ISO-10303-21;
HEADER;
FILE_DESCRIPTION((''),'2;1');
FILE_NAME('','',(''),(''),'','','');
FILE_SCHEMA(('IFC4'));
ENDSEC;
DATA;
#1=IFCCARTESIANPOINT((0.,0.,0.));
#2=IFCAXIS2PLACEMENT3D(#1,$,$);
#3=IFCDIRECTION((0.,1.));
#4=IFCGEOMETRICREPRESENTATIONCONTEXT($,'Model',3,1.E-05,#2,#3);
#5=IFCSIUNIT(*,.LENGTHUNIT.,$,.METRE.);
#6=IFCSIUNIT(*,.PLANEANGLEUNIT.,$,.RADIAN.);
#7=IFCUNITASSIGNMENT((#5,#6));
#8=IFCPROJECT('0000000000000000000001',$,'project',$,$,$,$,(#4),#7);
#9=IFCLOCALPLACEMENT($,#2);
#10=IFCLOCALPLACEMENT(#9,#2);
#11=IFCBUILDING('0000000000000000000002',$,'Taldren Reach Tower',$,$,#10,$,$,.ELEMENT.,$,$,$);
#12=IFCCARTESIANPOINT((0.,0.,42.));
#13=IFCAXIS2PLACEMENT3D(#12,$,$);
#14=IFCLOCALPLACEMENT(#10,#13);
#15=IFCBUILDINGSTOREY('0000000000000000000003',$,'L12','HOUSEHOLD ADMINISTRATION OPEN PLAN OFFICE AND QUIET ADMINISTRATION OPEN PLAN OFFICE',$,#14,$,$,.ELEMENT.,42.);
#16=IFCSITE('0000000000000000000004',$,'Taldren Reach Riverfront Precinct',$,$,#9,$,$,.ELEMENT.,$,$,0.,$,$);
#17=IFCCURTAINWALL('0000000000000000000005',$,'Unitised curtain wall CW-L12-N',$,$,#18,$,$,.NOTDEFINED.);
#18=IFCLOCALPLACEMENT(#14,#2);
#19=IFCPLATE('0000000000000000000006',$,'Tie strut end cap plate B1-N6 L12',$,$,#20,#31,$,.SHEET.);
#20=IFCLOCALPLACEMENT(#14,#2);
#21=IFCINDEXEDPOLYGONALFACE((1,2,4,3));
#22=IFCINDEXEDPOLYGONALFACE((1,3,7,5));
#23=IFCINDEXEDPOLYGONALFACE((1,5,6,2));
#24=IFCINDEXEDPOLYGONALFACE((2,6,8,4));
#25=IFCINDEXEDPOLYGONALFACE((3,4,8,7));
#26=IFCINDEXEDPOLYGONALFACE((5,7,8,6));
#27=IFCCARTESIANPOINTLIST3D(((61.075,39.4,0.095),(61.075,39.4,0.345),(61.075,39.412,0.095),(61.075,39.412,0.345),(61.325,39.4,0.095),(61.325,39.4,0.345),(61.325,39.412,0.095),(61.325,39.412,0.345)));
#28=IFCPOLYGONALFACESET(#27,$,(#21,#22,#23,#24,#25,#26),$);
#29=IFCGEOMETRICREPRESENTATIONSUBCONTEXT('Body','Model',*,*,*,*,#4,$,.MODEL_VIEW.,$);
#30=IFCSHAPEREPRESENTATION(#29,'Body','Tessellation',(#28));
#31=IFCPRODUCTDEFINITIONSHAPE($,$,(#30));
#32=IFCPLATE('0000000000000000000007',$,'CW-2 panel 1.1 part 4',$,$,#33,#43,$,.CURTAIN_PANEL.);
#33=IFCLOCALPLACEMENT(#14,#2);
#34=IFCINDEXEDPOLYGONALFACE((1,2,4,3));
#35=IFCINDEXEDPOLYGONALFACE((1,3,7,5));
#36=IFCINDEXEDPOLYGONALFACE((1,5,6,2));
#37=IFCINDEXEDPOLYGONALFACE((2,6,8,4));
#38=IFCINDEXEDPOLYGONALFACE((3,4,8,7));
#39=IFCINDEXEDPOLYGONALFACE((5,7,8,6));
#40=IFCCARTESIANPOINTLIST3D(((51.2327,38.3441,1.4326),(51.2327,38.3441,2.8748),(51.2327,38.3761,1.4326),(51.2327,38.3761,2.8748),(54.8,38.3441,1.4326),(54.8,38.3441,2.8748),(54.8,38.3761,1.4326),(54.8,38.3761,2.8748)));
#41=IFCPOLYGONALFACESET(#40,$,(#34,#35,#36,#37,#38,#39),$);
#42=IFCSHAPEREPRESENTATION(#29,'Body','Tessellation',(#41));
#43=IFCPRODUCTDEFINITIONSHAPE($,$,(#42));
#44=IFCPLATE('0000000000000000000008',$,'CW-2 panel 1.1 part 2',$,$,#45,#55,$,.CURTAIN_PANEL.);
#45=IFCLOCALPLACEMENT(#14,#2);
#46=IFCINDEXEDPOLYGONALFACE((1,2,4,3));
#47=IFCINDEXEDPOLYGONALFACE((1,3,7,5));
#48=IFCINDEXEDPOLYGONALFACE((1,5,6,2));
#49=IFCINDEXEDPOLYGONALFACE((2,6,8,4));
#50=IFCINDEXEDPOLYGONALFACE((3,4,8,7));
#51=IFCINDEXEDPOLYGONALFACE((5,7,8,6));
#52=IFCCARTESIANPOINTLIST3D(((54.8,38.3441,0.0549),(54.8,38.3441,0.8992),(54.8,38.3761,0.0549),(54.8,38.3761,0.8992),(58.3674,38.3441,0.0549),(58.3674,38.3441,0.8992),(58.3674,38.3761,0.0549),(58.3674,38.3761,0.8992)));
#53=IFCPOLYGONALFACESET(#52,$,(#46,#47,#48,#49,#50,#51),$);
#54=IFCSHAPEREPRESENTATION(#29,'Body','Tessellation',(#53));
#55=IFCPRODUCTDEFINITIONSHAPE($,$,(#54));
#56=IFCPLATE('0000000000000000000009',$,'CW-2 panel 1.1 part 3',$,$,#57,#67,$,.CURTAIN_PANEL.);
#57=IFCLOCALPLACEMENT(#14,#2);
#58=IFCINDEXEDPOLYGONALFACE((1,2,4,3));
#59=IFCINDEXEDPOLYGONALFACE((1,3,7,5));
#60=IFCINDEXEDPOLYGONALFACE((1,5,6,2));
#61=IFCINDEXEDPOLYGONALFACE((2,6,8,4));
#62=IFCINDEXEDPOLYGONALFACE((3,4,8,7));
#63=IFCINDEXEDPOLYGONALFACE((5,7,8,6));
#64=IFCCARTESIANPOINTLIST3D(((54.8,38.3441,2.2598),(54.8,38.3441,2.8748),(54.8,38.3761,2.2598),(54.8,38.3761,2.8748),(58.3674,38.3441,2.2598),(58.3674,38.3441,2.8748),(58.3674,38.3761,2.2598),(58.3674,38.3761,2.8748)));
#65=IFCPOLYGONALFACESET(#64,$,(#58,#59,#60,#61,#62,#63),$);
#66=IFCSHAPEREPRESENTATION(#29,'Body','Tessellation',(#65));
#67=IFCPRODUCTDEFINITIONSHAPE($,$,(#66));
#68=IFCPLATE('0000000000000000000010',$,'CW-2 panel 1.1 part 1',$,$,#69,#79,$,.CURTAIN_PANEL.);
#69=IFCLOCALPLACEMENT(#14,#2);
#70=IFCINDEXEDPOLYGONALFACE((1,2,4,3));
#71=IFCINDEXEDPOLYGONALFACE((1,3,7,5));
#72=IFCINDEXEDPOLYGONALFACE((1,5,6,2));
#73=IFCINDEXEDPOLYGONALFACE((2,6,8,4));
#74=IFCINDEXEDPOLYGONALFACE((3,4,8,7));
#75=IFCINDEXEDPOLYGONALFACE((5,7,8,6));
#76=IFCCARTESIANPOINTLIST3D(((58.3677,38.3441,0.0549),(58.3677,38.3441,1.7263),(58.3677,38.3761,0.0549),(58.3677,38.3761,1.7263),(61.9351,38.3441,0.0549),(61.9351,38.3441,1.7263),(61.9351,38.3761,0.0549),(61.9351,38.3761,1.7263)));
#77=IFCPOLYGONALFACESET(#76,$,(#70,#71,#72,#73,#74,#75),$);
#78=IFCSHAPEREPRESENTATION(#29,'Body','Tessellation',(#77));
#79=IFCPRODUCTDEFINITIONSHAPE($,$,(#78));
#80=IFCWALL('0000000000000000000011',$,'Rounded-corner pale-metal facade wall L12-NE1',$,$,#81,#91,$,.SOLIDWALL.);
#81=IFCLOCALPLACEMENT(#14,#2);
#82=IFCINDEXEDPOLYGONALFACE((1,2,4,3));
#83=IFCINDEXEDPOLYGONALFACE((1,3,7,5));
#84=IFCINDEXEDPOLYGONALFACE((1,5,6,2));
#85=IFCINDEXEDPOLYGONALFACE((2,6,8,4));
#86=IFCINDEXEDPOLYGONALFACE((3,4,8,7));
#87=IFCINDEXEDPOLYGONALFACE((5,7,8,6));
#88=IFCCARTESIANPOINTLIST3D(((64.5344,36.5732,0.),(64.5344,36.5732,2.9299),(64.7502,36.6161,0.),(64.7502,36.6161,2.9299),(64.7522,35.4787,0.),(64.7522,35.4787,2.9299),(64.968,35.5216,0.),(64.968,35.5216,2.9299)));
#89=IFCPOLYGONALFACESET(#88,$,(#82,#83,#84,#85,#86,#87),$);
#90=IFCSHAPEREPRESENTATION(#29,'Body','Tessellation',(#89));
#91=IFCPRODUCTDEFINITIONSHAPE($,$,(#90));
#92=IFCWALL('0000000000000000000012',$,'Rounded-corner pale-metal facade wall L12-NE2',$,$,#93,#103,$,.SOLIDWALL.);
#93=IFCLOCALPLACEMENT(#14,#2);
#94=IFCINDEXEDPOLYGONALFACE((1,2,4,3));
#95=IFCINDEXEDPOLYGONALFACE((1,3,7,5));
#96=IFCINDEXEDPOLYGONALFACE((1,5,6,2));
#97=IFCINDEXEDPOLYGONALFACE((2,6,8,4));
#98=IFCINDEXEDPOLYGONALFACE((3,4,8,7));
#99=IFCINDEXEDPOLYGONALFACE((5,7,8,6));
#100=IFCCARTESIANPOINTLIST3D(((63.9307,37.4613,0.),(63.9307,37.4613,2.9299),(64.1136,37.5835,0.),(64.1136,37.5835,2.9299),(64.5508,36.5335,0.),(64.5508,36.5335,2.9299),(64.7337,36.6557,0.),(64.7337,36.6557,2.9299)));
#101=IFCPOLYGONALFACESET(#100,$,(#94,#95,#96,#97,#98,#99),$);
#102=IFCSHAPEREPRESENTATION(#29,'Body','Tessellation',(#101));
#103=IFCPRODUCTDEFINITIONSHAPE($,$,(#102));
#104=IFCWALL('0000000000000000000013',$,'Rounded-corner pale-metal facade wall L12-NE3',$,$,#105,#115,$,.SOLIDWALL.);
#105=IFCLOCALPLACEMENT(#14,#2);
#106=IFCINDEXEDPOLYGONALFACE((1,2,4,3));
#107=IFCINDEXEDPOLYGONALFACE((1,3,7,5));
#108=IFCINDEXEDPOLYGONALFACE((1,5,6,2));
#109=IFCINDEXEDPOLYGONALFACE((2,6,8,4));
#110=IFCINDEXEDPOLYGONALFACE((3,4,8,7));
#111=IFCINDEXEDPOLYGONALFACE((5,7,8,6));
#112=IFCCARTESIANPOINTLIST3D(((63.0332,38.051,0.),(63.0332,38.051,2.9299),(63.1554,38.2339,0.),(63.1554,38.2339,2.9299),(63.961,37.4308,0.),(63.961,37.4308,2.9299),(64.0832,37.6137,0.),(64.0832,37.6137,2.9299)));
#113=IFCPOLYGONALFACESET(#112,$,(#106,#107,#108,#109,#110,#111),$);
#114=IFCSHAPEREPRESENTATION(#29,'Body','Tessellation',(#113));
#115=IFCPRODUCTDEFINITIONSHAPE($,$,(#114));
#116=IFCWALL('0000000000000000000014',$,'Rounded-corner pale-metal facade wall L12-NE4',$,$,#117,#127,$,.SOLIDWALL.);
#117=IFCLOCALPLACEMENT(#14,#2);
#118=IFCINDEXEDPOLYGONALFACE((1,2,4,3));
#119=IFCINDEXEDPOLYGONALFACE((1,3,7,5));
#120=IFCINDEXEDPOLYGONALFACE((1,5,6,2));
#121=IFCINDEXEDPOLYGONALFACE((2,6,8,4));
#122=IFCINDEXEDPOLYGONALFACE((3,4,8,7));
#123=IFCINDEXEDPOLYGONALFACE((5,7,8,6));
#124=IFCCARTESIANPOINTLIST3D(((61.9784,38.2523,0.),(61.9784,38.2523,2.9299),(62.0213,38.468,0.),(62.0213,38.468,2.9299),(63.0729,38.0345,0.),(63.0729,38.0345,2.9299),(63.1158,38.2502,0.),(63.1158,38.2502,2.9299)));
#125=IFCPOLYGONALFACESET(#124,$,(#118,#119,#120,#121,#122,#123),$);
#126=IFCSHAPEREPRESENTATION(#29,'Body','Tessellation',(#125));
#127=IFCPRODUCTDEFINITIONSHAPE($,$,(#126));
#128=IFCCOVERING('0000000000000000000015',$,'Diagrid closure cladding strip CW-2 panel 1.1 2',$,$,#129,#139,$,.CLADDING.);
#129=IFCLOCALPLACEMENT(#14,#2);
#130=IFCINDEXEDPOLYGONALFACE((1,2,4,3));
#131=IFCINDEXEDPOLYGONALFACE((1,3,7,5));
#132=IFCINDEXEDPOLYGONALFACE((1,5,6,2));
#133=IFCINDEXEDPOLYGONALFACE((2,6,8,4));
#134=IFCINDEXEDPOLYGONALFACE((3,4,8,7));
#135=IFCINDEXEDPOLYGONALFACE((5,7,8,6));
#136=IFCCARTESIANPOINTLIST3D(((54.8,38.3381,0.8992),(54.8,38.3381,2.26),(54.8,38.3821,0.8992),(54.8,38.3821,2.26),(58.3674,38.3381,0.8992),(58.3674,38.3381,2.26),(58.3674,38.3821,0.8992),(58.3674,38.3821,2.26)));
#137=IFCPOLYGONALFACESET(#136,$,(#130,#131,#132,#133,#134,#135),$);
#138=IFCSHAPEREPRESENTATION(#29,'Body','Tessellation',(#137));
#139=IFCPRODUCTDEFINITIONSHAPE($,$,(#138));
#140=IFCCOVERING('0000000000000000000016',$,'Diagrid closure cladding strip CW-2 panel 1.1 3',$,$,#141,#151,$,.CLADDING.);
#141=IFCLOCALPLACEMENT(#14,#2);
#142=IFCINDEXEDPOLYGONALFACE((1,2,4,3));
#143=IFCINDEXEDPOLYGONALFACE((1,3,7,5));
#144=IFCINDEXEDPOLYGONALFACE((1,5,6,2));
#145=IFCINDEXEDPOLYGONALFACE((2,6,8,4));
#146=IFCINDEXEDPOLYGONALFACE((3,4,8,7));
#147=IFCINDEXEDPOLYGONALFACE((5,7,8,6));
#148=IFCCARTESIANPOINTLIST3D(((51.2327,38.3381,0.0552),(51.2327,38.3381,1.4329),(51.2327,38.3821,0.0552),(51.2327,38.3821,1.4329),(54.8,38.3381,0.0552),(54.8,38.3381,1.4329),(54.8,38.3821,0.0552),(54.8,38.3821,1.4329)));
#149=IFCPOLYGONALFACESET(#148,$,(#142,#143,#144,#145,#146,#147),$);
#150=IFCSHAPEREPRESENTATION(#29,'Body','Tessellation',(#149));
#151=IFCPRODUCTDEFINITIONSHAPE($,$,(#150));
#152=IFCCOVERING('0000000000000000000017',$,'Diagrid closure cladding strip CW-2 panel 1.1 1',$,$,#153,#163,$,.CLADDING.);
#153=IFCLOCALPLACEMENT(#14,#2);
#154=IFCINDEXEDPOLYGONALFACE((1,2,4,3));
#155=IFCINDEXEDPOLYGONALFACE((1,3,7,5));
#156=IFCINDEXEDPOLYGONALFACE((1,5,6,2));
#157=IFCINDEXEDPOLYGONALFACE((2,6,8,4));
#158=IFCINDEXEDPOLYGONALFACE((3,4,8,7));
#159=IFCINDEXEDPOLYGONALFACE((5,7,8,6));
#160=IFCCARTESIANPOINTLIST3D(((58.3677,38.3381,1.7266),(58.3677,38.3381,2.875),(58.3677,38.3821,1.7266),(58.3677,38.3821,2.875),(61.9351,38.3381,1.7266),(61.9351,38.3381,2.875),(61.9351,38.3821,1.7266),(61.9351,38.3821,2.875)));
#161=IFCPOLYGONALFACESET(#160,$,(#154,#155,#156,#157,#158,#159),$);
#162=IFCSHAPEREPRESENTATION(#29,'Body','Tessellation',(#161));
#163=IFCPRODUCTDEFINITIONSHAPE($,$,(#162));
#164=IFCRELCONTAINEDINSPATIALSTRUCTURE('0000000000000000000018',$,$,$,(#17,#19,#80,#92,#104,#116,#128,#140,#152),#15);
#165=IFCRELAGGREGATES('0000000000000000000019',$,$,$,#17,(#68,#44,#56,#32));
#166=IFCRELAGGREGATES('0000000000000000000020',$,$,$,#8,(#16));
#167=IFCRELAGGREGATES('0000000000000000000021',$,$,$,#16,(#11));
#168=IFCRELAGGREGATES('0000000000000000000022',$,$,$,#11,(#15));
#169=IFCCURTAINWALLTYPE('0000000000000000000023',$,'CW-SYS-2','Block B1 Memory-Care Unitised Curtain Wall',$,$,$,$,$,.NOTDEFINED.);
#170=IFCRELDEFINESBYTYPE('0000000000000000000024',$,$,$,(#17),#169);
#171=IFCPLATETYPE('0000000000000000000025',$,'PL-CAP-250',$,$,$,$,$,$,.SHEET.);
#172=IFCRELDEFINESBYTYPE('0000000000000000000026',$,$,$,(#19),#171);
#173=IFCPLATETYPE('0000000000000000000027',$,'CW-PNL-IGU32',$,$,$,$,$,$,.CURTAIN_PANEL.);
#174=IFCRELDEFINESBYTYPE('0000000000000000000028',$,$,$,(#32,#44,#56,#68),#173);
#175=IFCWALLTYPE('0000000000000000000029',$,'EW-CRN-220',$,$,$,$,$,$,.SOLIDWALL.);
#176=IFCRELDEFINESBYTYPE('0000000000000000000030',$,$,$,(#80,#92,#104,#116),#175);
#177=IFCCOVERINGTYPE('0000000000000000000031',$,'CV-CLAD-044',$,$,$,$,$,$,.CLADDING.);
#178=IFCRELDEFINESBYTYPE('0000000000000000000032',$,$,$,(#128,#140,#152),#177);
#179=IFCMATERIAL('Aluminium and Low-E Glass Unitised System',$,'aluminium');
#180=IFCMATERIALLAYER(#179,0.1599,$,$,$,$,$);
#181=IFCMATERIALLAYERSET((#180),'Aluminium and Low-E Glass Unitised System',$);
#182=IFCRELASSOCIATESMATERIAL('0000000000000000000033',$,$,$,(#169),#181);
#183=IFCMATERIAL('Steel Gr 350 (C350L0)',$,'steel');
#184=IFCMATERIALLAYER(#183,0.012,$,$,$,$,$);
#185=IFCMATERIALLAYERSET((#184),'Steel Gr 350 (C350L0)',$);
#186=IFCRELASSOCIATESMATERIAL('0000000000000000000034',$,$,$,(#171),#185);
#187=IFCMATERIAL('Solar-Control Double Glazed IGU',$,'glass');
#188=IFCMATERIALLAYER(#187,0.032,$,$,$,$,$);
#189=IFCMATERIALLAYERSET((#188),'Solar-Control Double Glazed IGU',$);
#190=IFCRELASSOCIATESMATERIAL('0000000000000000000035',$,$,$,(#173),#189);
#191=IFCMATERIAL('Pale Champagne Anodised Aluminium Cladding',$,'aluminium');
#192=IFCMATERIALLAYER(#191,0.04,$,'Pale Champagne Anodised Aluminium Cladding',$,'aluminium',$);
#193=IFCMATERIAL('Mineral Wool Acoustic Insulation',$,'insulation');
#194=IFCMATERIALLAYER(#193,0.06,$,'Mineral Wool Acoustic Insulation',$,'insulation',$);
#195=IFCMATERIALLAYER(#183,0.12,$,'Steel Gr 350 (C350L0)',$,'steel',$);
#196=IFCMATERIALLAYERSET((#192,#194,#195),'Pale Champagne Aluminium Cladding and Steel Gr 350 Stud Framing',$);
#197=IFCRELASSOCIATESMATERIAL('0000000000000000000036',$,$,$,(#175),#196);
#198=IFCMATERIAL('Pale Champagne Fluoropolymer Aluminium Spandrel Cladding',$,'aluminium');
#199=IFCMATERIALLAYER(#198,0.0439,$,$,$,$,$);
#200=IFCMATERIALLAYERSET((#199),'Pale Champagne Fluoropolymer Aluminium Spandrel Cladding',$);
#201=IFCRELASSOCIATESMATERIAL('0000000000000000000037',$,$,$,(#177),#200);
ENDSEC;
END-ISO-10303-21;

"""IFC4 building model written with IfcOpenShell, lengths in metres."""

from ifc_helpers import new_model, si_unit, direction, frame, frame_2d, origin, origin_2d, place, context, subcontext, project, spatial, rectangle, extrude, source, transform, mapped, material, layer, layer_set, type_object, element, aggregate, save


model = new_model("IFC4")

# Units and contexts
model_context = context("Model", 3, precision=1e-05, world=origin(), true_north=direction((0.0, 1.0)))
body_context = subcontext(model_context, "Body", "Model", "MODEL_VIEW")
ifc_project = project(units=[si_unit("LENGTHUNIT", "METRE"), si_unit("PLANEANGLEUNIT", "RADIAN")], contexts=[model_context])

# Site, building, storey
site_placement = place(None, origin())
site = spatial("IfcSite", under=ifc_project, at=site_placement, Name="Taldren Reach Riverfront Precinct", CompositionType="ELEMENT", RefElevation=0.0)
building_placement = place(site_placement, origin())
building = spatial("IfcBuilding", under=site, at=building_placement, Name="Taldren Reach Tower", CompositionType="ELEMENT")
storey_placement = place(building_placement, frame((0.0, 0.0, 42.0)))
storey = spatial("IfcBuildingStorey", under=building, at=storey_placement, Name="L12", Description="HOUSEHOLD ADMINISTRATION OPEN PLAN OFFICE AND QUIET ADMINISTRATION OPEN PLAN OFFICE", CompositionType="ELEMENT", Elevation=42.0)

# Shared definitions
ifc_material_1 = material(Name="Steel Gr 350 (C350L0)", Category="steel")

# Curtain wall
ifc_material_2 = material(Name="Aluminium and Low-E Glass Unitised System", Category="aluminium")
ifc_layer_1 = layer(ifc_material_2, 0.1599)
ifc_layer_set_1 = layer_set([ifc_layer_1], Name="Aluminium and Low-E Glass Unitised System")
curtain_wall_type = type_object("IfcCurtainWallType", Name="CW-SYS-2", Description="Block B1 Memory-Care Unitised Curtain Wall", PredefinedType="NOTDEFINED", material=ifc_layer_set_1)
curtain_wall_1_placement = place(storey_placement, origin())
curtain_wall_1 = element("IfcCurtainWall", 1, at=curtain_wall_1_placement, inside=storey, type_object=curtain_wall_type, Name="Unitised curtain wall CW-L12-N", PredefinedType="NOTDEFINED")

# Plate
ifc_layer_2 = layer(ifc_material_1, 0.012)
ifc_layer_set_2 = layer_set([ifc_layer_2], Name="Steel Gr 350 (C350L0)")
plate_type_1 = type_object("IfcPlateType", Name="PL-CAP-250", PredefinedType="SHEET", material=ifc_layer_set_2)
shared_shape_1 = source(origin(), body_context, "Body", "SweptSolid", [
    extrude(rectangle(XDim=0.25, YDim=0.012, at=origin_2d()), origin(), (0.0, 0.0, 1.0), 0.25),
])
plate_1_placement = place(storey_placement, frame((61.2, 39.406, 0.095), z_axis=(0.0, 0.0, 1.0), x_axis=(1.0, 0.0, 0.0)))
element("IfcPlate", 2, at=plate_1_placement, inside=storey, type_object=plate_type_1, Name="Tie strut end cap plate B1-N6 L12", PredefinedType="SHEET", context=body_context, shape_type="MappedRepresentation", body=[
    mapped(shared_shape_1, transform((0.0, 0.0, 0.0), scale=1.0)),
])

# Plates
ifc_material_3 = material(Name="Solar-Control Double Glazed IGU", Category="glass")
ifc_layer_3 = layer(ifc_material_3, 0.032)
ifc_layer_set_3 = layer_set([ifc_layer_3], Name="Solar-Control Double Glazed IGU")
plate_type_2 = type_object("IfcPlateType", Name="CW-PNL-IGU32", PredefinedType="CURTAIN_PANEL", material=ifc_layer_set_3)
shared_shape_2 = source(origin(), body_context, "Body", "SweptSolid", [
    extrude(rectangle(XDim=3.5674, YDim=0.032, at=origin_2d()), origin(), (0.0, 0.0, 1.0), 1.4421),
])
plate_2_placement = place(storey_placement, frame((53.0164, 38.3601, 1.4326), z_axis=(0.0, 0.0, 1.0), x_axis=(-1.0, 0.0, 0.0)))
plate_2 = element("IfcPlate", 3, at=plate_2_placement, type_object=plate_type_2, Name="CW-2 panel 1.1 part 4", PredefinedType="CURTAIN_PANEL", context=body_context, shape_type="MappedRepresentation", body=[
    mapped(shared_shape_2, transform((0.0, 0.0, 0.0), scale=1.0)),
])
shared_shape_3 = source(origin(), body_context, "Body", "SweptSolid", [
    extrude(rectangle(XDim=3.5674, YDim=0.032, at=origin_2d()), origin(), (0.0, 0.0, 1.0), 0.8442),
])
plate_3_placement = place(storey_placement, frame((56.5837, 38.3601, 0.0549), z_axis=(0.0, 0.0, 1.0), x_axis=(-1.0, 0.0, 0.0)))
plate_3 = element("IfcPlate", 4, at=plate_3_placement, type_object=plate_type_2, Name="CW-2 panel 1.1 part 2", PredefinedType="CURTAIN_PANEL", context=body_context, shape_type="MappedRepresentation", body=[
    mapped(shared_shape_3, transform((0.0, 0.0, 0.0), scale=1.0)),
])
shared_shape_4 = source(origin(), body_context, "Body", "SweptSolid", [
    extrude(rectangle(XDim=3.5674, YDim=0.032, at=origin_2d()), origin(), (0.0, 0.0, 1.0), 0.615),
])
plate_4_placement = place(storey_placement, frame((56.5837, 38.3601, 2.2598), z_axis=(0.0, 0.0, 1.0), x_axis=(-1.0, 0.0, 0.0)))
plate_4 = element("IfcPlate", 5, at=plate_4_placement, type_object=plate_type_2, Name="CW-2 panel 1.1 part 3", PredefinedType="CURTAIN_PANEL", context=body_context, shape_type="MappedRepresentation", body=[
    mapped(shared_shape_4, transform((0.0, 0.0, 0.0), scale=1.0)),
])
shared_shape_5 = source(origin(), body_context, "Body", "SweptSolid", [
    extrude(rectangle(XDim=3.5674, YDim=0.032, at=origin_2d()), origin(), (0.0, 0.0, 1.0), 1.6714),
])
plate_5_placement = place(storey_placement, frame((60.1514, 38.3601, 0.0549), z_axis=(0.0, 0.0, 1.0), x_axis=(-1.0, 0.0, 0.0)))
plate_5 = element("IfcPlate", 6, at=plate_5_placement, type_object=plate_type_2, Name="CW-2 panel 1.1 part 1", PredefinedType="CURTAIN_PANEL", context=body_context, shape_type="MappedRepresentation", body=[
    mapped(shared_shape_5, transform((0.0, 0.0, 0.0), scale=1.0)),
])
aggregate(curtain_wall_1, [plate_5, plate_3, plate_4, plate_2])

# Walls
ifc_material_4 = material(Name="Pale Champagne Anodised Aluminium Cladding", Category="aluminium")
ifc_layer_4 = layer(ifc_material_4, 0.04, Name="Pale Champagne Anodised Aluminium Cladding", Category="aluminium")
ifc_material_5 = material(Name="Mineral Wool Acoustic Insulation", Category="insulation")
ifc_layer_5 = layer(ifc_material_5, 0.06, Name="Mineral Wool Acoustic Insulation", Category="insulation")
ifc_layer_6 = layer(ifc_material_1, 0.12, Name="Steel Gr 350 (C350L0)", Category="steel")
ifc_layer_set_4 = layer_set([ifc_layer_4, ifc_layer_5, ifc_layer_6], Name="Pale Champagne Aluminium Cladding and Steel Gr 350 Stud Framing")
wall_type = type_object("IfcWallType", Name="EW-CRN-220", PredefinedType="SOLIDWALL", material=ifc_layer_set_4)
shared_shape_6 = source(origin(), body_context, "Body", "SweptSolid", [
    extrude(rectangle(XDim=1.116, YDim=0.22, at=frame_2d((0.5581, 0.0))), origin(), (0.0, 0.0, 1.0), 2.9299),
])
for number, where, z_axis, x_axis, name in (
    (7, (64.8601, 35.5, 0.0), (0.0, 0.0, 1.0), (-0.195148, 0.980774, 0.0), "Rounded-corner pale-metal facade wall L12-NE1"),
    (8, (64.6423, 36.5945, 0.0), (0.0, 0.0, 1.0), (-0.55571, 0.831377, 0.0), "Rounded-corner pale-metal facade wall L12-NE2"),
    (9, (64.0222, 37.5222, 0.0), (0.0, 0.0, 1.0), (-0.831377, 0.55571, 0.0), "Rounded-corner pale-metal facade wall L12-NE3"),
    (10, (63.0945, 38.1423, 0.0), (0.0, 0.0, 1.0), (-0.980774, 0.195148, 0.0), "Rounded-corner pale-metal facade wall L12-NE4"),
):
    element("IfcWall", number, at=place(storey_placement, frame(where, z_axis=z_axis, x_axis=x_axis)), inside=storey, type_object=wall_type, Name=name, PredefinedType="SOLIDWALL", context=body_context, shape_type="MappedRepresentation", body=[
        mapped(shared_shape_6, transform((0.0, 0.0, 0.0), scale=1.0)),
    ])

# Coverings
ifc_material_6 = material(Name="Pale Champagne Fluoropolymer Aluminium Spandrel Cladding", Category="aluminium")
ifc_layer_7 = layer(ifc_material_6, 0.0439)
ifc_layer_set_5 = layer_set([ifc_layer_7], Name="Pale Champagne Fluoropolymer Aluminium Spandrel Cladding")
covering_type = type_object("IfcCoveringType", Name="CV-CLAD-044", PredefinedType="CLADDING", material=ifc_layer_set_5)
shared_shape_7 = source(origin(), body_context, "Body", "SweptSolid", [
    extrude(rectangle(XDim=3.5674, YDim=0.0439, at=origin_2d()), origin(), (0.0, 0.0, 1.0), 1.3608),
])
covering_1_placement = place(storey_placement, frame((56.5837, 38.3601, 0.8992), z_axis=(0.0, 0.0, 1.0), x_axis=(-1.0, 0.0, 0.0)))
element("IfcCovering", 11, at=covering_1_placement, inside=storey, type_object=covering_type, Name="Diagrid closure cladding strip CW-2 panel 1.1 2", PredefinedType="CLADDING", context=body_context, shape_type="MappedRepresentation", body=[
    mapped(shared_shape_7, transform((0.0, 0.0, 0.0), scale=1.0)),
])
shared_shape_8 = source(origin(), body_context, "Body", "SweptSolid", [
    extrude(rectangle(XDim=3.5674, YDim=0.0439, at=origin_2d()), origin(), (0.0, 0.0, 1.0), 1.3777),
])
covering_2_placement = place(storey_placement, frame((53.0164, 38.3601, 0.0552), z_axis=(0.0, 0.0, 1.0), x_axis=(-1.0, 0.0, 0.0)))
element("IfcCovering", 12, at=covering_2_placement, inside=storey, type_object=covering_type, Name="Diagrid closure cladding strip CW-2 panel 1.1 3", PredefinedType="CLADDING", context=body_context, shape_type="MappedRepresentation", body=[
    mapped(shared_shape_8, transform((0.0, 0.0, 0.0), scale=1.0)),
])
shared_shape_9 = source(origin(), body_context, "Body", "SweptSolid", [
    extrude(rectangle(XDim=3.5674, YDim=0.0439, at=origin_2d()), origin(), (0.0, 0.0, 1.0), 1.1484),
])
covering_3_placement = place(storey_placement, frame((60.1514, 38.3601, 1.7266), z_axis=(0.0, 0.0, 1.0), x_axis=(-1.0, 0.0, 0.0)))
element("IfcCovering", 13, at=covering_3_placement, inside=storey, type_object=covering_type, Name="Diagrid closure cladding strip CW-2 panel 1.1 1", PredefinedType="CLADDING", context=body_context, shape_type="MappedRepresentation", body=[
    mapped(shared_shape_9, transform((0.0, 0.0, 0.0), scale=1.0)),
])

save(model, "model.ifc")
